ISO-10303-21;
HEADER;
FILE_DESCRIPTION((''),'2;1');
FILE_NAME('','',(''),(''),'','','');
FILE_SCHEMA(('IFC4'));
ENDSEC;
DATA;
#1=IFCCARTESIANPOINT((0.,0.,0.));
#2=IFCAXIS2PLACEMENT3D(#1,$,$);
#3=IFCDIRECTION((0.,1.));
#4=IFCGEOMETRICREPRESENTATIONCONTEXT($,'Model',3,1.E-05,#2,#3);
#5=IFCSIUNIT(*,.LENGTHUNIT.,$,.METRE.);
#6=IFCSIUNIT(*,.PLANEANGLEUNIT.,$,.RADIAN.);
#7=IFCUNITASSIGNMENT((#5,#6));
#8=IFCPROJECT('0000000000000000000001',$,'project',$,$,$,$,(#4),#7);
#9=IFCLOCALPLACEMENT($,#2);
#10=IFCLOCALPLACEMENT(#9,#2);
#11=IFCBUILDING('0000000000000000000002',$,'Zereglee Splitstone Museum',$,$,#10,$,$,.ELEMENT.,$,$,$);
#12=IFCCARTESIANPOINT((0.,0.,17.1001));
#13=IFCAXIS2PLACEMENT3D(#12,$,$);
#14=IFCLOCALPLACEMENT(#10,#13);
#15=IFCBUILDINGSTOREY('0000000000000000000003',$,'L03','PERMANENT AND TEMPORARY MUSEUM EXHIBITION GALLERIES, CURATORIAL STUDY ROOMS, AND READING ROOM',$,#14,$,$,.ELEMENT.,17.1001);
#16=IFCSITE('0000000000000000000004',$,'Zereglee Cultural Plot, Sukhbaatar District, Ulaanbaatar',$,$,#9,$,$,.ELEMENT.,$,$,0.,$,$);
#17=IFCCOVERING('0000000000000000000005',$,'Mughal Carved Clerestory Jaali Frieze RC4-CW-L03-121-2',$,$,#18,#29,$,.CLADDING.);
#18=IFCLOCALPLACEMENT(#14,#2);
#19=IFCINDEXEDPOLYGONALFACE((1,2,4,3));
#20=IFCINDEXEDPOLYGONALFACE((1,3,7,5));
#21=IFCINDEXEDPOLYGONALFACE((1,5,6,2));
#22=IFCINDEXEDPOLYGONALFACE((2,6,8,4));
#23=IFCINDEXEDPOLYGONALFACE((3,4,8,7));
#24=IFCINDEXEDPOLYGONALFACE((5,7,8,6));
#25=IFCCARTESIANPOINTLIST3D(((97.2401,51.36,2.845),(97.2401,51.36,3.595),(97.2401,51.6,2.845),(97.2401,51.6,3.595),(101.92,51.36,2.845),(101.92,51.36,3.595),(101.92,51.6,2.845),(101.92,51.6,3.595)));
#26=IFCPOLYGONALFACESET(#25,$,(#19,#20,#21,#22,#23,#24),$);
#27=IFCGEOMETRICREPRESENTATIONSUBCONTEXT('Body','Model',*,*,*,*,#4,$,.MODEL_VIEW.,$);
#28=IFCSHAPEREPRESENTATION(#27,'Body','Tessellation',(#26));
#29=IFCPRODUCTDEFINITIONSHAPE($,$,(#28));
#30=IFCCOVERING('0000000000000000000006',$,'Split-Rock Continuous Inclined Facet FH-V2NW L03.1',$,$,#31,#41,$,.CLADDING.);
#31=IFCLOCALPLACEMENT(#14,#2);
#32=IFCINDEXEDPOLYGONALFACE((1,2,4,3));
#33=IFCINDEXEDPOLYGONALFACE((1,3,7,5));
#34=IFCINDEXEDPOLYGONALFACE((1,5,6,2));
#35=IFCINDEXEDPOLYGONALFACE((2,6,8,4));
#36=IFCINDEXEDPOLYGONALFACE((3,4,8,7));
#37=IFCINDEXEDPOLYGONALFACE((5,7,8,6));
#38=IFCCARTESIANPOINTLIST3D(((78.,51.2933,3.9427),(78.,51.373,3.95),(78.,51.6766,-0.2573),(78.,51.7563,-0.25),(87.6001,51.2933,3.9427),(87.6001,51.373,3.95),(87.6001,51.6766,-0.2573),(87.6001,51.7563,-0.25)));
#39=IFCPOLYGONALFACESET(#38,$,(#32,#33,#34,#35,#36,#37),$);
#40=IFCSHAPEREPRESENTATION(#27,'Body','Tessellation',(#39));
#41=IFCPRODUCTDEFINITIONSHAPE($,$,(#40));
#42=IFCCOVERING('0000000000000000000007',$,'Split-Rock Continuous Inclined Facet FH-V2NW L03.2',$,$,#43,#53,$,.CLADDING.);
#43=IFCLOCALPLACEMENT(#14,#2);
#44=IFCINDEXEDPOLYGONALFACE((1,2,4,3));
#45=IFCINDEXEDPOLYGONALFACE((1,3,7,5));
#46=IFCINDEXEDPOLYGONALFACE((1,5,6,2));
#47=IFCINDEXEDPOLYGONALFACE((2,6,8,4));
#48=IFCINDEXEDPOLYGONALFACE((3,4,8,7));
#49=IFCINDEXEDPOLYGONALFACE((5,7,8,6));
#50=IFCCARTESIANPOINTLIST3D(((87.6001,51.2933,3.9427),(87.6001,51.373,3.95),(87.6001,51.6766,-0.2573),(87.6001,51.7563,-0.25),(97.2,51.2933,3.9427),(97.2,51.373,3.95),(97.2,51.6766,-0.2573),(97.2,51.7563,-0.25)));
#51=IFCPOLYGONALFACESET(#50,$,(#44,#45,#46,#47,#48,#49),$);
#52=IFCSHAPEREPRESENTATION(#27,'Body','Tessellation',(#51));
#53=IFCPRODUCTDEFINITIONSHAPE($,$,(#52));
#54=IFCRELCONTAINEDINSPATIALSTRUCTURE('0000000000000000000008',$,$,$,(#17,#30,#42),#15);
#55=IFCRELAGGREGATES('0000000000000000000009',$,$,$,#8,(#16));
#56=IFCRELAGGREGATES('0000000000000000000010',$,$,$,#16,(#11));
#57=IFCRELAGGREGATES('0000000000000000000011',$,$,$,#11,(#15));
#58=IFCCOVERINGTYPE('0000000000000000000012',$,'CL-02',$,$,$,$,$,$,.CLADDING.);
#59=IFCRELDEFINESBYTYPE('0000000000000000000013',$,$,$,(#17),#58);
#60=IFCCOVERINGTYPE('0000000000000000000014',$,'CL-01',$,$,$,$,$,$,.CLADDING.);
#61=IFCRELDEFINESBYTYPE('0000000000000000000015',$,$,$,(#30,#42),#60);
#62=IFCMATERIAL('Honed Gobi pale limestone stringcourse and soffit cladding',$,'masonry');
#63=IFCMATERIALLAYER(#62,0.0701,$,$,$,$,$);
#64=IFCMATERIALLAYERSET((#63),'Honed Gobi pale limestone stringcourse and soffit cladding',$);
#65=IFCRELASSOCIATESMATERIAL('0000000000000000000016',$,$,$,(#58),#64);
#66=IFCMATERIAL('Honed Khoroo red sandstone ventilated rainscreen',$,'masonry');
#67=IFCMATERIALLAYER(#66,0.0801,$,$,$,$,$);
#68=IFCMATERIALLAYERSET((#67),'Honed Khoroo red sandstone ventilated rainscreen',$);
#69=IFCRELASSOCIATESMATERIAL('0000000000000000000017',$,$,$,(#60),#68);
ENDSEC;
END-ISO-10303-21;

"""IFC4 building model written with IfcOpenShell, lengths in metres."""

from ifc_helpers import new_model, si_unit, direction, frame, origin, origin_2d, place, context, subcontext, project, spatial, polyline, rectangle, outline, extrude, material, layer, layer_set, type_object, element, save


model = new_model("IFC4")

# Units and contexts
model_context = context("Model", 3, precision=1e-05, world=origin(), true_north=direction((0.0, 1.0)))
body_context = subcontext(model_context, "Body", "Model", "MODEL_VIEW")
ifc_project = project(units=[si_unit("LENGTHUNIT", "METRE"), si_unit("PLANEANGLEUNIT", "RADIAN")], contexts=[model_context])

# Site, building, storey
site_placement = place(None, origin())
site = spatial("IfcSite", under=ifc_project, at=site_placement, Name="Zereglee Cultural Plot, Sukhbaatar District, Ulaanbaatar", CompositionType="ELEMENT", RefElevation=0.0)
building_placement = place(site_placement, origin())
building = spatial("IfcBuilding", under=site, at=building_placement, Name="Zereglee Splitstone Museum", CompositionType="ELEMENT")
storey_placement = place(building_placement, frame((0.0, 0.0, 17.1001)))
storey = spatial("IfcBuildingStorey", under=building, at=storey_placement, Name="L03", Description="PERMANENT AND TEMPORARY MUSEUM EXHIBITION GALLERIES, CURATORIAL STUDY ROOMS, AND READING ROOM", CompositionType="ELEMENT", Elevation=17.1001)

# Coverings
ifc_material_1 = material(Name="Honed Gobi pale limestone stringcourse and soffit cladding", Category="masonry")
ifc_layer_1 = layer(ifc_material_1, 0.0701)
ifc_layer_set_1 = layer_set([ifc_layer_1], Name="Honed Gobi pale limestone stringcourse and soffit cladding")
covering_type_1 = type_object("IfcCoveringType", Name="CL-02", PredefinedType="CLADDING", material=ifc_layer_set_1)
covering_1_placement = place(storey_placement, frame((99.5801, 51.48, 2.845), z_axis=(0.0, 0.0, 1.0), x_axis=(-1.0, 0.0, 0.0)))
element("IfcCovering", 1, at=covering_1_placement, inside=storey, type_object=covering_type_1, Name="Mughal Carved Clerestory Jaali Frieze RC4-CW-L03-121-2", PredefinedType="CLADDING", context=body_context, shape_type="SweptSolid", body=[
    extrude(rectangle(XDim=4.6799, YDim=0.24, at=origin_2d()), origin(), (0.0, 0.0, 1.0), 0.75),
])
ifc_material_2 = material(Name="Honed Khoroo red sandstone ventilated rainscreen", Category="masonry")
ifc_layer_2 = layer(ifc_material_2, 0.0801)
ifc_layer_set_2 = layer_set([ifc_layer_2], Name="Honed Khoroo red sandstone ventilated rainscreen")
covering_type_2 = type_object("IfcCoveringType", Name="CL-01", PredefinedType="CLADDING", material=ifc_layer_set_2)
covering_2_placement = place(storey_placement, frame((78.0, 51.373, 3.95), z_axis=(0.0, 0.995861, 0.090885), x_axis=(1.0, 0.0, 0.0)))
element("IfcCovering", 2, at=covering_2_placement, inside=storey, type_object=covering_type_2, Name="Split-Rock Continuous Inclined Facet FH-V2NW L03.1", PredefinedType="CLADDING", context=body_context, shape_type="SweptSolid", body=[
    extrude(outline(polyline([(0.0, 0.0), (9.6001, 0.0), (9.6001, 4.2174), (0.0, 4.2174), (0.0, 0.0)])), origin(), (0.0, 0.0, -1.0), 0.0801),
])
covering_3_placement = place(storey_placement, frame((87.6001, 51.373, 3.95), z_axis=(0.0, 0.995861, 0.090885), x_axis=(1.0, 0.0, 0.0)))
element("IfcCovering", 3, at=covering_3_placement, inside=storey, type_object=covering_type_2, Name="Split-Rock Continuous Inclined Facet FH-V2NW L03.2", PredefinedType="CLADDING", context=body_context, shape_type="SweptSolid", body=[
    extrude(outline(polyline([(0.0, 0.0), (9.5999, 0.0), (9.5999, 4.2174), (0.0, 4.2174), (0.0, 0.0)])), origin(), (0.0, 0.0, -1.0), 0.0801),
])

save(model, "model.ifc")
